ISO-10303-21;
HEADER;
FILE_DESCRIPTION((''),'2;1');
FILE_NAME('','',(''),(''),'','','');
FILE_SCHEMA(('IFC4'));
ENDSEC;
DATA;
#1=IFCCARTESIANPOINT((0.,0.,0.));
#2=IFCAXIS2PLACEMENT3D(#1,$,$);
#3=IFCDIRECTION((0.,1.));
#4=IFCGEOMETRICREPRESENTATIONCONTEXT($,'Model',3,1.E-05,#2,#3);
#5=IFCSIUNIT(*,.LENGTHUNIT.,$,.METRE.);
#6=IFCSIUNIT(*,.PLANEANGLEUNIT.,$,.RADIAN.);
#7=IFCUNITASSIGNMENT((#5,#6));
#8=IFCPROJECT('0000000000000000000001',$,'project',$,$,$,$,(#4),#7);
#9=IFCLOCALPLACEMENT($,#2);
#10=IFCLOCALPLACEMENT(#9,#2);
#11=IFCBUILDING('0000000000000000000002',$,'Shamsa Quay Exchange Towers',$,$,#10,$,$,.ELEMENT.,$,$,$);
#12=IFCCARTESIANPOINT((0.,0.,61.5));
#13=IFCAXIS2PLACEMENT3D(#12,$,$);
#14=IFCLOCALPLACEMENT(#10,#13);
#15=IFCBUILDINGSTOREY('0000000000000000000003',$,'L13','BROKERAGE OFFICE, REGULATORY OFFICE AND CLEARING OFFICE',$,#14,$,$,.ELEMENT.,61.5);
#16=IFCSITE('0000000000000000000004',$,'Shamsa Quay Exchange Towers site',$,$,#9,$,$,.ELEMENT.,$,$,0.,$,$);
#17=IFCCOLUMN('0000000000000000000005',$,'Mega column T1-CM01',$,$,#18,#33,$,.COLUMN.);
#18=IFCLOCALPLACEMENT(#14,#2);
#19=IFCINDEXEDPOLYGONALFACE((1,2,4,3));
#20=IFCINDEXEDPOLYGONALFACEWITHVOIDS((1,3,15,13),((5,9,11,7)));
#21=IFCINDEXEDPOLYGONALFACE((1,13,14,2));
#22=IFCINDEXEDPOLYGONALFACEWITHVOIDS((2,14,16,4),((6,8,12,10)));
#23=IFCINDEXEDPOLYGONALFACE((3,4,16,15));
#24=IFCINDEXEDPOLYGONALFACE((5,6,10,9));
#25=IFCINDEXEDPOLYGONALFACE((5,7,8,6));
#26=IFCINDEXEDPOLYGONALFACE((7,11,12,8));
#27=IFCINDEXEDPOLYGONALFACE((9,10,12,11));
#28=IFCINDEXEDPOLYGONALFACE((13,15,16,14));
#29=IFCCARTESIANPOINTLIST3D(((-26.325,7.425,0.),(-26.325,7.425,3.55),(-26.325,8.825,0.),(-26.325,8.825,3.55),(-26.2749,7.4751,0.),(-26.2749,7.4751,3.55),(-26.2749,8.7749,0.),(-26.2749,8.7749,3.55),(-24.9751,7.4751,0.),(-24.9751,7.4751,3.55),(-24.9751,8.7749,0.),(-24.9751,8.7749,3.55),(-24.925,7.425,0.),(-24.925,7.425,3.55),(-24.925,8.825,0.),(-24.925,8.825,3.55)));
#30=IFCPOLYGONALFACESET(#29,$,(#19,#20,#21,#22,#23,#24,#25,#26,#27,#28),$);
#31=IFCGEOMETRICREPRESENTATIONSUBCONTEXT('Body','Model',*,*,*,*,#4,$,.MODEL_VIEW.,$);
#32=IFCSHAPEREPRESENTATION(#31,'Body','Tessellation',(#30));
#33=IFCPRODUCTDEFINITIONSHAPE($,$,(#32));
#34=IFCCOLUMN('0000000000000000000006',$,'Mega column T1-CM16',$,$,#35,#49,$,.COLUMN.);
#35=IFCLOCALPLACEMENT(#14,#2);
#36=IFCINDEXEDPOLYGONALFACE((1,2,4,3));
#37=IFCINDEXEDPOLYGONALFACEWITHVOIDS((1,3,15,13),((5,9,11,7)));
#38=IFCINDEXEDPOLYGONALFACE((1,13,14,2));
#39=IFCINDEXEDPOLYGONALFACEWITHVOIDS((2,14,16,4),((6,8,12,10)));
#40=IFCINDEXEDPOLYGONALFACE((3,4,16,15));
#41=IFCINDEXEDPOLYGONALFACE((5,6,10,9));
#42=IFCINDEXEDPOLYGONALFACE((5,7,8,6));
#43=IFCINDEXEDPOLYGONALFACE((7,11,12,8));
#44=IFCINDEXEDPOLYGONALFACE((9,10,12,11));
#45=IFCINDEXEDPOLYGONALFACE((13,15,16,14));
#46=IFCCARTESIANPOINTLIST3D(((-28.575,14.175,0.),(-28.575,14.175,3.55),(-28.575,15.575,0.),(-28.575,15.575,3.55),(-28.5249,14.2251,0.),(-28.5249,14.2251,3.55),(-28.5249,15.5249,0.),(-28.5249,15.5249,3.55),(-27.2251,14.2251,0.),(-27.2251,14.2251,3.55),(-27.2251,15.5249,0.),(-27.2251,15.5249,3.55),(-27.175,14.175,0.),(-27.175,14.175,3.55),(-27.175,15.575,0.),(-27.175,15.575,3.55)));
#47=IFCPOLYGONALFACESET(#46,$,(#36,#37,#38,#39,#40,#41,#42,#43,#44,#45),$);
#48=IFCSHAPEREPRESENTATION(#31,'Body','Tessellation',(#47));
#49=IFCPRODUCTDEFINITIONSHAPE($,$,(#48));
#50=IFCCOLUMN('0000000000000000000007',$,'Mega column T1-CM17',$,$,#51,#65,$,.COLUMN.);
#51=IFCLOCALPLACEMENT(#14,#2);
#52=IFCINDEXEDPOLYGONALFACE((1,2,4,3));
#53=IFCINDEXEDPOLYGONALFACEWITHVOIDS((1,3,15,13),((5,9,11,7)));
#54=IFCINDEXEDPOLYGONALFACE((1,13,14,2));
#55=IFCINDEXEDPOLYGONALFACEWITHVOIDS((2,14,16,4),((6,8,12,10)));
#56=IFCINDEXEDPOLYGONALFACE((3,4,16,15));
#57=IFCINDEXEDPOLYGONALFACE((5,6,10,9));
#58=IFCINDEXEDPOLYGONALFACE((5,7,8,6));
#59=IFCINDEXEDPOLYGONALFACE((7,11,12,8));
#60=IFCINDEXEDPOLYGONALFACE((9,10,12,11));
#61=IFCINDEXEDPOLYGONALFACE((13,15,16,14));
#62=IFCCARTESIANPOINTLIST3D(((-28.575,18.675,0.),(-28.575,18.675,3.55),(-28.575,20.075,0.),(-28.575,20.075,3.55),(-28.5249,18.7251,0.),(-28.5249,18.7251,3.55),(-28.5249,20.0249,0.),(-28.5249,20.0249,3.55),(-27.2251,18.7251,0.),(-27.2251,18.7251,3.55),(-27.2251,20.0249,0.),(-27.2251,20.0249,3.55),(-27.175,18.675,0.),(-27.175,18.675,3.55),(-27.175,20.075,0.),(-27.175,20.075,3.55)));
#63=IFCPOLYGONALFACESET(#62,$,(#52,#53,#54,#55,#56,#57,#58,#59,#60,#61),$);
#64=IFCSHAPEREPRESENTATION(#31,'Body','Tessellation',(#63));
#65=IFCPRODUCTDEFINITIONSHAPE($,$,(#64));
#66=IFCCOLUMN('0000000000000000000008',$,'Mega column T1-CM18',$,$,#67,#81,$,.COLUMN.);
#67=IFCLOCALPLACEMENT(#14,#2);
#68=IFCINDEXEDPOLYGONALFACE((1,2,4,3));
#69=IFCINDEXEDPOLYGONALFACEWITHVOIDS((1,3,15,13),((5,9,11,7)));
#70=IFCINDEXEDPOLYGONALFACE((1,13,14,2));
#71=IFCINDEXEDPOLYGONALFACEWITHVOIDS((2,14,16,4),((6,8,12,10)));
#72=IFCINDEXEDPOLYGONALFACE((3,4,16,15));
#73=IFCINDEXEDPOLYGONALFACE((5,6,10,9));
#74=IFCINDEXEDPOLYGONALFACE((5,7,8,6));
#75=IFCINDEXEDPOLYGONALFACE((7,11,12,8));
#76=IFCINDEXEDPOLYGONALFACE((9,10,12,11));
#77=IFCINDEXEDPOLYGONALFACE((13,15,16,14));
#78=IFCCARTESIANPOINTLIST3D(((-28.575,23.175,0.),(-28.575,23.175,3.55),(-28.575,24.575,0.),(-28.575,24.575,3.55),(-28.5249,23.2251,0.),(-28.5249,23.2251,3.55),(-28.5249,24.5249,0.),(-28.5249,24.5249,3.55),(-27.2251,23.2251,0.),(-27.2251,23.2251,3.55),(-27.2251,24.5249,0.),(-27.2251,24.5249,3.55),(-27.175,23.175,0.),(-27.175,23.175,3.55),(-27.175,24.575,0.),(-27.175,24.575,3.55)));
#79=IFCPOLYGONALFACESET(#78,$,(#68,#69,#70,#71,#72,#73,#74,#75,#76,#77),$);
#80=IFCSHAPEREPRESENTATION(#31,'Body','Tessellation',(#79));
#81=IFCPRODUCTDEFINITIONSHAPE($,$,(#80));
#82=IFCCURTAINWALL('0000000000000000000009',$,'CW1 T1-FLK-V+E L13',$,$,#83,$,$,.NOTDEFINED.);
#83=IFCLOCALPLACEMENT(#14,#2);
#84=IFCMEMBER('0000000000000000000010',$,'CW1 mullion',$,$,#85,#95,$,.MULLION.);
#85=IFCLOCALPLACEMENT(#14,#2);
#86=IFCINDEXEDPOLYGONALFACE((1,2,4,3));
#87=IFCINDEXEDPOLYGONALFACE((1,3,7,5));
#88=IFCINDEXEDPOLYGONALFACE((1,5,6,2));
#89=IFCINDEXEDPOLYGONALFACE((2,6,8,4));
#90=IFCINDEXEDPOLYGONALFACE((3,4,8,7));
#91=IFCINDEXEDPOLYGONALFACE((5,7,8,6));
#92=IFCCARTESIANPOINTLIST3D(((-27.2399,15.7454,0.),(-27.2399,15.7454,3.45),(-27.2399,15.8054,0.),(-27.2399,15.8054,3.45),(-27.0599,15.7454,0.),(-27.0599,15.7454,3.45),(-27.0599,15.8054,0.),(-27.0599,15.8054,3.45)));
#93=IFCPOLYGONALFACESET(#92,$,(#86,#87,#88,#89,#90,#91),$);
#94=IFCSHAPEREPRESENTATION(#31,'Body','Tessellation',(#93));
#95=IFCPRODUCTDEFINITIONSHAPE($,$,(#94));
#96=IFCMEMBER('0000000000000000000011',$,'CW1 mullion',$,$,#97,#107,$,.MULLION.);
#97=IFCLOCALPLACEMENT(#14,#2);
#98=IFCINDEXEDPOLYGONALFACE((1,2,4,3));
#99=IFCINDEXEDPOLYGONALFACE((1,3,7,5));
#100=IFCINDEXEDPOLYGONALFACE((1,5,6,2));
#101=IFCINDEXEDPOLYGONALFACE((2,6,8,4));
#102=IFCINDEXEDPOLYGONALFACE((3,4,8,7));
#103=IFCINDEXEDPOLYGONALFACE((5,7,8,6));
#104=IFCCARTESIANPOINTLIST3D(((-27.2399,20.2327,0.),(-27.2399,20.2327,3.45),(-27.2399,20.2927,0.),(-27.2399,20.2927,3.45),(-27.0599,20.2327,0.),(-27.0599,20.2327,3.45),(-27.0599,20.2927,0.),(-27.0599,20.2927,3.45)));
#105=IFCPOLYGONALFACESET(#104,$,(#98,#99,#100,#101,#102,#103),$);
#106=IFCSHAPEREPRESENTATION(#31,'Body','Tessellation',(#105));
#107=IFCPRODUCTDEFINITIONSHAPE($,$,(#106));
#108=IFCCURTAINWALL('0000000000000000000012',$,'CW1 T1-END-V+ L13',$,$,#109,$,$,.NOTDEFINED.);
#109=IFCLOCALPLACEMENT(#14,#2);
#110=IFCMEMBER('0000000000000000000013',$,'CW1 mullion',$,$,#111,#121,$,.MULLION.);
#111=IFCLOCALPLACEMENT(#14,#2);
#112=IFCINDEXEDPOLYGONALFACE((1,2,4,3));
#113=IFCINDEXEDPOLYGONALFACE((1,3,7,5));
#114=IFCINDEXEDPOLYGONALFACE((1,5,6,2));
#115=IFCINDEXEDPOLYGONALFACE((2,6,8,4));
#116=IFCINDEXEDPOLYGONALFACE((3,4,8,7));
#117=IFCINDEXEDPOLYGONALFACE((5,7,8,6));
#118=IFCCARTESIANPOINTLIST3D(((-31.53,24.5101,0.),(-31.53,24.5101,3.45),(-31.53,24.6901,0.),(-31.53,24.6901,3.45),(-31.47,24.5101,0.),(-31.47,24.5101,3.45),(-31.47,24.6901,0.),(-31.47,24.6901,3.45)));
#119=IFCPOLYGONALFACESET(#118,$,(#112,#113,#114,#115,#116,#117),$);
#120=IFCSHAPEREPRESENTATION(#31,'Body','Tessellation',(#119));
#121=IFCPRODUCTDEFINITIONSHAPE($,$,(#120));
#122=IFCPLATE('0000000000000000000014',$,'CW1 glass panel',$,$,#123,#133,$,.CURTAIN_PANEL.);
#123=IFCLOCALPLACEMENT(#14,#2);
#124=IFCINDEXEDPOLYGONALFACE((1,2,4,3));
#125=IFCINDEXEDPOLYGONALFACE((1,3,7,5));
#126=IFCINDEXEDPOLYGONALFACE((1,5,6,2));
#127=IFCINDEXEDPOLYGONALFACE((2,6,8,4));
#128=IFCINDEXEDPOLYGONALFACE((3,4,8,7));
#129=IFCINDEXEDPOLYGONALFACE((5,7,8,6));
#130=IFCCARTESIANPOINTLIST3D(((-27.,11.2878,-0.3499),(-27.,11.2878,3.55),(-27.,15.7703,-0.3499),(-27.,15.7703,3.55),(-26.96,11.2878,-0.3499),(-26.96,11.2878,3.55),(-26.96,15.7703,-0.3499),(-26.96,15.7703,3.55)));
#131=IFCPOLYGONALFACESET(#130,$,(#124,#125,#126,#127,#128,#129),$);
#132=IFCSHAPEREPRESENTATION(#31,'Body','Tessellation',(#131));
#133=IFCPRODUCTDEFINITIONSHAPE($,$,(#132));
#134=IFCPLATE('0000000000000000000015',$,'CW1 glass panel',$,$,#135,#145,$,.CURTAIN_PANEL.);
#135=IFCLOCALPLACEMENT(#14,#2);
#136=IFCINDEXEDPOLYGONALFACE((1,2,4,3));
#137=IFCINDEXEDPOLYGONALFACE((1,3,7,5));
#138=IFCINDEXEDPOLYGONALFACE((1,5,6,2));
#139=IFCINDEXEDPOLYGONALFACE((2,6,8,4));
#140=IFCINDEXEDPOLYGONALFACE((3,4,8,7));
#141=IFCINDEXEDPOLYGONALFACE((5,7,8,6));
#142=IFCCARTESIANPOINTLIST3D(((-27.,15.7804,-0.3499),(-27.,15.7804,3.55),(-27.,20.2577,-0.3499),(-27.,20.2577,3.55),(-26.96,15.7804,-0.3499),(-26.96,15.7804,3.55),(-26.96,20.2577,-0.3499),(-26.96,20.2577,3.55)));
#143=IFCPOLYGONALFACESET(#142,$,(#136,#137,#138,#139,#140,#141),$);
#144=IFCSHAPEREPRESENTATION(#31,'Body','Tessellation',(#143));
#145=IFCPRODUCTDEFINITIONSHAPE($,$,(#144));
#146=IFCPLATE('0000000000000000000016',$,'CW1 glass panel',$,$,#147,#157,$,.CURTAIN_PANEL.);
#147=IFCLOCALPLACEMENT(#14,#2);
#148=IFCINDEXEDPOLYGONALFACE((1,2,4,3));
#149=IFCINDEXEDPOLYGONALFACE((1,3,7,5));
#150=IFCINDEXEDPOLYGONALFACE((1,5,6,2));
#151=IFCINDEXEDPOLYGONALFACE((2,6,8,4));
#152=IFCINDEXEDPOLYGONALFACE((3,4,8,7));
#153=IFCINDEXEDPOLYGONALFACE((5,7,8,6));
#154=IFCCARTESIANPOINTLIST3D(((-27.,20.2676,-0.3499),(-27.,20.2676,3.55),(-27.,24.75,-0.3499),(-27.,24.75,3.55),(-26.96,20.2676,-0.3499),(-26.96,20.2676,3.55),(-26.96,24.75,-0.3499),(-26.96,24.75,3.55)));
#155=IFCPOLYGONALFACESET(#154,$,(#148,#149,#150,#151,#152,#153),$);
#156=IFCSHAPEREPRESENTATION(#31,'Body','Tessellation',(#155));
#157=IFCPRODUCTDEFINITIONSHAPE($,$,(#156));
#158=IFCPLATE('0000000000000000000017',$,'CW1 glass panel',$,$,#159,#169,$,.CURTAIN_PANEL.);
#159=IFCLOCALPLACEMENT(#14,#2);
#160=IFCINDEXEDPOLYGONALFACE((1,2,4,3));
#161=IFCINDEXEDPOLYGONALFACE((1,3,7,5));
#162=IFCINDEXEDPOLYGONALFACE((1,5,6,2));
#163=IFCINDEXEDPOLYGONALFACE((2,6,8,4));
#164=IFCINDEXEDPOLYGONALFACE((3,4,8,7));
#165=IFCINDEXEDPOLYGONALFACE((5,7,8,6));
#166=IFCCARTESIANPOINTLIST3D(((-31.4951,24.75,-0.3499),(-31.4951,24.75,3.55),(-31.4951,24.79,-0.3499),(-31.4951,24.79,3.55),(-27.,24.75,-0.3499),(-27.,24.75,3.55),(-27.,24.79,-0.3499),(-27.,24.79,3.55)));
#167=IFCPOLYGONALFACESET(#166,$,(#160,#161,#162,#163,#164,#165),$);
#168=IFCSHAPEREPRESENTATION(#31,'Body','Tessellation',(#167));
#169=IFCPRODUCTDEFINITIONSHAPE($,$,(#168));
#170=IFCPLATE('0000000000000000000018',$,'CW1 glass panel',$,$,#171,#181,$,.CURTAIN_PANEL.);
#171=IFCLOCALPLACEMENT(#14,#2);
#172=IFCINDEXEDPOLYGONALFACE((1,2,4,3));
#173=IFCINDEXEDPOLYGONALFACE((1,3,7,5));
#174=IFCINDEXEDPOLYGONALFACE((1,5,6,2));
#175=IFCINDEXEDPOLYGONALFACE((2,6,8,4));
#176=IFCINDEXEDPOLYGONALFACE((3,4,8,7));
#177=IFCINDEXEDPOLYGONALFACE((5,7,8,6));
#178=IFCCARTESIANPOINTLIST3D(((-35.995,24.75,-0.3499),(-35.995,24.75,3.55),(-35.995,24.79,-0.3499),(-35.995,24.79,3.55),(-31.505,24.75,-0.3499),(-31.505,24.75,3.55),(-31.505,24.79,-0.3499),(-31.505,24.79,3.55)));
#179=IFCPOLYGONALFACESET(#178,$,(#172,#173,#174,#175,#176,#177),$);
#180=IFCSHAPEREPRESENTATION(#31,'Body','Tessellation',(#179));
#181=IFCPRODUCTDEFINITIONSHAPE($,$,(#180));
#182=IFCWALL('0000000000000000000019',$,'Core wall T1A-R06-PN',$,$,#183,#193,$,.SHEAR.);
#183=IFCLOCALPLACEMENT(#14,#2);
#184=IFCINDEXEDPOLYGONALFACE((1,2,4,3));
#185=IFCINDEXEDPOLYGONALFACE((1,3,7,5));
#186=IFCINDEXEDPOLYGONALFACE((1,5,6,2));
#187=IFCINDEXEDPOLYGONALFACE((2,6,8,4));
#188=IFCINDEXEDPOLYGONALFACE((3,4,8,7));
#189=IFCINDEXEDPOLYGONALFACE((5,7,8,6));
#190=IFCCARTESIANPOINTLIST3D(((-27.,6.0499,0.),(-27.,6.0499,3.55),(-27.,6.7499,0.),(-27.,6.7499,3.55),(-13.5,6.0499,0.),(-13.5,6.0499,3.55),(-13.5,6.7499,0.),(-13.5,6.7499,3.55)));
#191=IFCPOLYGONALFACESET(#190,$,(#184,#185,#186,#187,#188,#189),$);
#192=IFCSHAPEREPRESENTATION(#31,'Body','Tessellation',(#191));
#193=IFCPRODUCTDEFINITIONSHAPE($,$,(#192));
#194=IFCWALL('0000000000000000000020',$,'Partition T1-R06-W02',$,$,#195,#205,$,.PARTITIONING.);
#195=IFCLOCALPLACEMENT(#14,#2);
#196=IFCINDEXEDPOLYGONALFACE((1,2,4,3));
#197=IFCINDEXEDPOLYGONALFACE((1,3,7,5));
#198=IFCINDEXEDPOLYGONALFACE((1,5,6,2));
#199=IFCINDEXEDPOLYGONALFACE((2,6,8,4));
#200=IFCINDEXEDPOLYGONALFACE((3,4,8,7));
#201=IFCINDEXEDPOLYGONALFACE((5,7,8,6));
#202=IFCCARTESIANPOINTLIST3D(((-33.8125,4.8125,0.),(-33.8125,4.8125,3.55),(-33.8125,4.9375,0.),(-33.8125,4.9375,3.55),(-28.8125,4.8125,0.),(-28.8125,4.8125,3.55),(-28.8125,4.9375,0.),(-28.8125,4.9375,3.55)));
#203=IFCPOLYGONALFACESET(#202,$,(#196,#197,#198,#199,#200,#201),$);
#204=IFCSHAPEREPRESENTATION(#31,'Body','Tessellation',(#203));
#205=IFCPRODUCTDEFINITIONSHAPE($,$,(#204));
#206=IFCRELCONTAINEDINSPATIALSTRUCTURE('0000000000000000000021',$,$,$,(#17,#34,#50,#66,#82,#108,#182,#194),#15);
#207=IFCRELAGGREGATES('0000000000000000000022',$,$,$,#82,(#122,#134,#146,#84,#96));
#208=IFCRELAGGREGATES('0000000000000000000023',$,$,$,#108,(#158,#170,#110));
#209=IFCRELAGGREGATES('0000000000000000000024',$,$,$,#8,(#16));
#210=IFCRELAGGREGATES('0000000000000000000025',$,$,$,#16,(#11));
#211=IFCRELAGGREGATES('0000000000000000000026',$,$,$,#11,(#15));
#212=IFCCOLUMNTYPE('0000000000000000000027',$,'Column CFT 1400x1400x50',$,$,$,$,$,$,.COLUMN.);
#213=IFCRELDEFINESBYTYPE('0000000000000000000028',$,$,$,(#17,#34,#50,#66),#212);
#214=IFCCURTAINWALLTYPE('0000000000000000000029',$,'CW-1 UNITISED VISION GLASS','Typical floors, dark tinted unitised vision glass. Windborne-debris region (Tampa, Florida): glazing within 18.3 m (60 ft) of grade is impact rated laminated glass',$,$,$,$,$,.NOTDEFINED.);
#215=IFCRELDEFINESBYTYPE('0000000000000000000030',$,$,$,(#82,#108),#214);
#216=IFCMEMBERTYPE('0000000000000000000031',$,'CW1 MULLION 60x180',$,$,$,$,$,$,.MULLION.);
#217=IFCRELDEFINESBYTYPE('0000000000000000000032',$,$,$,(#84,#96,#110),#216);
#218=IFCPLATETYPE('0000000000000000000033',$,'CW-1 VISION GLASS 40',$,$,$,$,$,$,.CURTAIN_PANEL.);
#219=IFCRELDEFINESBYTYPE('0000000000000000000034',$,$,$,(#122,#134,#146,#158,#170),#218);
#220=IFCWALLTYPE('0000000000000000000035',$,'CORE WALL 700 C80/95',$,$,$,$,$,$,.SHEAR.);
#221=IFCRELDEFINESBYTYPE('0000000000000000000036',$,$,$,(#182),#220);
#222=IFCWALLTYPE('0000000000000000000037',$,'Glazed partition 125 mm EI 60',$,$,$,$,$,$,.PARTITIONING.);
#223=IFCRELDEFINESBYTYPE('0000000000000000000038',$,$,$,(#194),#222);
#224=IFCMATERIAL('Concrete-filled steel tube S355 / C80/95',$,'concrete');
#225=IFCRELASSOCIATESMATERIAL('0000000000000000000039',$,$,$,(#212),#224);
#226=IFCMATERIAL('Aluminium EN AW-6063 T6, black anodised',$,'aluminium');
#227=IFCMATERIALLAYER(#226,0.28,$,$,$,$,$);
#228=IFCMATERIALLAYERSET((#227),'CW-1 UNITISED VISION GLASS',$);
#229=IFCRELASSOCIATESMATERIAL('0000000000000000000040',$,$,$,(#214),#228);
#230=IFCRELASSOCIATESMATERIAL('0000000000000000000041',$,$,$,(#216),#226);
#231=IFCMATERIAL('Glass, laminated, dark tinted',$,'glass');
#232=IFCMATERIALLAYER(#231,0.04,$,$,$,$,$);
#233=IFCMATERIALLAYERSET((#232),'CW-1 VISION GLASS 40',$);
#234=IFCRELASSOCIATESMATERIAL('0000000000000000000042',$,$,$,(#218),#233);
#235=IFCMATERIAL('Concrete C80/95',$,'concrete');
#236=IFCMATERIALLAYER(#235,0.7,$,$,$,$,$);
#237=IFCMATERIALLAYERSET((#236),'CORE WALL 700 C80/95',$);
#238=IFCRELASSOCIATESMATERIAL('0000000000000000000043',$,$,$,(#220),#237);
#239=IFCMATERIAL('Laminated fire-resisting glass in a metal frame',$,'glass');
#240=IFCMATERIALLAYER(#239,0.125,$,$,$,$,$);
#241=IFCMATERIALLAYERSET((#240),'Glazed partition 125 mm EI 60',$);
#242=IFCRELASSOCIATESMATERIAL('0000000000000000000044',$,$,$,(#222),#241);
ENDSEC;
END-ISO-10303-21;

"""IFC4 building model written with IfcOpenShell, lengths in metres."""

from ifc_helpers import new_model, si_unit, direction, frame, frame_2d, origin, origin_2d, place, context, subcontext, project, spatial, rectangle, hollow_rectangle, extrude, material, layer, layer_set, material_profile, profile_set, type_object, element, aggregate, save


model = new_model("IFC4")

# Units and contexts
model_context = context("Model", 3, precision=1e-05, world=origin(), true_north=direction((0.0, 1.0)))
body_context = subcontext(model_context, "Body", "Model", "MODEL_VIEW")
ifc_project = project(units=[si_unit("LENGTHUNIT", "METRE"), si_unit("PLANEANGLEUNIT", "RADIAN")], contexts=[model_context])

# Site, building, storey
site_placement = place(None, origin())
site = spatial("IfcSite", under=ifc_project, at=site_placement, Name="Shamsa Quay Exchange Towers site", CompositionType="ELEMENT", RefElevation=0.0)
building_placement = place(site_placement, origin())
building = spatial("IfcBuilding", under=site, at=building_placement, Name="Shamsa Quay Exchange Towers", CompositionType="ELEMENT")
storey_placement = place(building_placement, frame((0.0, 0.0, 61.5)))
storey = spatial("IfcBuildingStorey", under=building, at=storey_placement, Name="L13", Description="BROKERAGE OFFICE, REGULATORY OFFICE AND CLEARING OFFICE", CompositionType="ELEMENT", Elevation=61.5)

# Columns
ifc_material_1 = material(Name="Concrete-filled steel tube S355 / C80/95", Category="concrete")
ifc_material_profile_1 = material_profile(ifc_material_1, hollow_rectangle(XDim=1.3999, YDim=1.3999, WallThickness=0.05, at=origin_2d()), Name="CFT 1400x1400x50")
ifc_profile_set_1 = profile_set([ifc_material_profile_1], Name="Concrete-filled steel tube S355 / C80/95")
column_type = type_object("IfcColumnType", Name="Column CFT 1400x1400x50", PredefinedType="COLUMN", material=ifc_profile_set_1)
for number, where, name in (
    (1, (-25.625, 8.125, 0.0), "Mega column T1-CM01"),
    (2, (-27.875, 14.875, 0.0), "Mega column T1-CM16"),
    (3, (-27.875, 19.375, 0.0), "Mega column T1-CM17"),
    (4, (-27.875, 23.875, 0.0), "Mega column T1-CM18"),
):
    element("IfcColumn", number, at=place(storey_placement, frame(where)), inside=storey, type_object=column_type, Name=name, PredefinedType="COLUMN", context=body_context, shape_type="SweptSolid", body=[
        extrude(hollow_rectangle(XDim=1.3999, YDim=1.3999, WallThickness=0.05, at=origin_2d()), origin(), (0.0, 0.0, 1.0), 3.55),
    ])

# Curtain wall, members
ifc_material_2 = material(Name="Aluminium EN AW-6063 T6, black anodised", Category="aluminium")
ifc_layer_1 = layer(ifc_material_2, 0.28)
ifc_layer_set_1 = layer_set([ifc_layer_1], Name="CW-1 UNITISED VISION GLASS")
curtain_wall_type = type_object("IfcCurtainWallType", Name="CW-1 UNITISED VISION GLASS", Description="Typical floors, dark tinted unitised vision glass. Windborne-debris region (Tampa, Florida): glazing within 18.3 m (60 ft) of grade is impact rated laminated glass", PredefinedType="NOTDEFINED", material=ifc_layer_set_1)
curtain_wall_1_placement = place(storey_placement, origin())
curtain_wall_1 = element("IfcCurtainWall", 5, at=curtain_wall_1_placement, inside=storey, type_object=curtain_wall_type, Name="CW1 T1-FLK-V+E L13", PredefinedType="NOTDEFINED")
ifc_material_profile_2 = material_profile(ifc_material_2, rectangle(XDim=0.1799, YDim=0.0601, at=origin_2d()), Name="MU60x180")
ifc_profile_set_2 = profile_set([ifc_material_profile_2], Name="Aluminium EN AW-6063 T6, black anodised")
member_type = type_object("IfcMemberType", Name="CW1 MULLION 60x180", PredefinedType="MULLION", material=ifc_profile_set_2)
member_1_placement = place(storey_placement, frame((-27.1499, 15.7754, 0.0), z_axis=(0.0, 0.0, 1.0), x_axis=(-1.0, 0.0, 0.0)))
member_1 = element("IfcMember", 6, at=member_1_placement, type_object=member_type, Name="CW1 mullion", PredefinedType="MULLION", context=body_context, shape_type="SweptSolid", body=[
    extrude(rectangle(XDim=0.1799, YDim=0.0601, at=origin_2d()), origin(), (0.0, 0.0, 1.0), 3.45),
])
member_2_placement = place(storey_placement, frame((-27.1499, 20.2627, 0.0), z_axis=(0.0, 0.0, 1.0), x_axis=(-1.0, 0.0, 0.0)))
member_2 = element("IfcMember", 7, at=member_2_placement, type_object=member_type, Name="CW1 mullion", PredefinedType="MULLION", context=body_context, shape_type="SweptSolid", body=[
    extrude(rectangle(XDim=0.1799, YDim=0.0601, at=origin_2d()), origin(), (0.0, 0.0, 1.0), 3.45),
])

# Curtain wall, member
curtain_wall_2_placement = place(storey_placement, origin())
curtain_wall_2 = element("IfcCurtainWall", 8, at=curtain_wall_2_placement, inside=storey, type_object=curtain_wall_type, Name="CW1 T1-END-V+ L13", PredefinedType="NOTDEFINED")
member_3_placement = place(storey_placement, frame((-31.5, 24.6001, 0.0), z_axis=(0.0, 0.0, 1.0), x_axis=(0.0, -1.0, 0.0)))
member_3 = element("IfcMember", 9, at=member_3_placement, type_object=member_type, Name="CW1 mullion", PredefinedType="MULLION", context=body_context, shape_type="SweptSolid", body=[
    extrude(rectangle(XDim=0.1799, YDim=0.0601, at=origin_2d()), origin(), (0.0, 0.0, 1.0), 3.45),
])

# Plates
ifc_material_3 = material(Name="Glass, laminated, dark tinted", Category="glass")
ifc_layer_2 = layer(ifc_material_3, 0.04)
ifc_layer_set_2 = layer_set([ifc_layer_2], Name="CW-1 VISION GLASS 40")
plate_type = type_object("IfcPlateType", Name="CW-1 VISION GLASS 40", PredefinedType="CURTAIN_PANEL", material=ifc_layer_set_2)
plate_1_placement = place(storey_placement, frame((-26.98, 13.5291, -0.3499), z_axis=(0.0, 0.0, 1.0), x_axis=(0.0, 1.0, 0.0)))
plate_1 = element("IfcPlate", 10, at=plate_1_placement, type_object=plate_type, Name="CW1 glass panel", PredefinedType="CURTAIN_PANEL", context=body_context, shape_type="SweptSolid", body=[
    extrude(rectangle(XDim=4.4824, YDim=0.04, at=origin_2d()), origin(), (0.0, 0.0, 1.0), 3.8999),
])
plate_2_placement = place(storey_placement, frame((-26.98, 18.019, -0.3499), z_axis=(0.0, 0.0, 1.0), x_axis=(0.0, 1.0, 0.0)))
plate_2 = element("IfcPlate", 11, at=plate_2_placement, type_object=plate_type, Name="CW1 glass panel", PredefinedType="CURTAIN_PANEL", context=body_context, shape_type="SweptSolid", body=[
    extrude(rectangle(XDim=4.4773, YDim=0.04, at=origin_2d()), origin(), (0.0, 0.0, 1.0), 3.8999),
])
plate_3_placement = place(storey_placement, frame((-26.98, 22.5088, -0.3499), z_axis=(0.0, 0.0, 1.0), x_axis=(0.0, 1.0, 0.0)))
plate_3 = element("IfcPlate", 12, at=plate_3_placement, type_object=plate_type, Name="CW1 glass panel", PredefinedType="CURTAIN_PANEL", context=body_context, shape_type="SweptSolid", body=[
    extrude(rectangle(XDim=4.4824, YDim=0.04, at=origin_2d()), origin(), (0.0, 0.0, 1.0), 3.8999),
])
aggregate(curtain_wall_1, [plate_1, plate_2, plate_3, member_1, member_2])
plate_4_placement = place(storey_placement, frame((-29.2476, 24.77, -0.3499), z_axis=(0.0, 0.0, 1.0), x_axis=(-1.0, 0.0, 0.0)))
plate_4 = element("IfcPlate", 13, at=plate_4_placement, type_object=plate_type, Name="CW1 glass panel", PredefinedType="CURTAIN_PANEL", context=body_context, shape_type="SweptSolid", body=[
    extrude(rectangle(XDim=4.4951, YDim=0.04, at=origin_2d()), origin(), (0.0, 0.0, 1.0), 3.8999),
])
plate_5_placement = place(storey_placement, frame((-33.75, 24.77, -0.3499), z_axis=(0.0, 0.0, 1.0), x_axis=(-1.0, 0.0, 0.0)))
plate_5 = element("IfcPlate", 14, at=plate_5_placement, type_object=plate_type, Name="CW1 glass panel", PredefinedType="CURTAIN_PANEL", context=body_context, shape_type="SweptSolid", body=[
    extrude(rectangle(XDim=4.49, YDim=0.04, at=origin_2d()), origin(), (0.0, 0.0, 1.0), 3.8999),
])
aggregate(curtain_wall_2, [plate_4, plate_5, member_3])

# Wall
ifc_material_4 = material(Name="Concrete C80/95", Category="concrete")
ifc_layer_3 = layer(ifc_material_4, 0.7)
ifc_layer_set_3 = layer_set([ifc_layer_3], Name="CORE WALL 700 C80/95")
wall_type_1 = type_object("IfcWallType", Name="CORE WALL 700 C80/95", PredefinedType="SHEAR", material=ifc_layer_set_3)
wall_1_placement = place(storey_placement, frame((-27.0, 6.3999, 0.0)))
element("IfcWall", 15, at=wall_1_placement, inside=storey, type_object=wall_type_1, Name="Core wall T1A-R06-PN", PredefinedType="SHEAR", context=body_context, shape_type="SweptSolid", body=[
    extrude(rectangle(XDim=13.5, YDim=0.7, at=frame_2d((6.75, 0.0))), origin(), (0.0, 0.0, 1.0), 3.55),
])

# Wall
ifc_material_5 = material(Name="Laminated fire-resisting glass in a metal frame", Category="glass")
ifc_layer_4 = layer(ifc_material_5, 0.125)
ifc_layer_set_4 = layer_set([ifc_layer_4], Name="Glazed partition 125 mm EI 60")
wall_type_2 = type_object("IfcWallType", Name="Glazed partition 125 mm EI 60", PredefinedType="PARTITIONING", material=ifc_layer_set_4)
wall_2_placement = place(storey_placement, frame((-28.8125, 4.875, 0.0), z_axis=(0.0, 0.0, 1.0), x_axis=(-1.0, 0.0, 0.0)))
element("IfcWall", 16, at=wall_2_placement, inside=storey, type_object=wall_type_2, Name="Partition T1-R06-W02", PredefinedType="PARTITIONING", context=body_context, shape_type="SweptSolid", body=[
    extrude(rectangle(XDim=5.0, YDim=0.125, at=frame_2d((2.5, 0.0))), origin(), (0.0, 0.0, 1.0), 3.55),
])

save(model, "model.ifc")
